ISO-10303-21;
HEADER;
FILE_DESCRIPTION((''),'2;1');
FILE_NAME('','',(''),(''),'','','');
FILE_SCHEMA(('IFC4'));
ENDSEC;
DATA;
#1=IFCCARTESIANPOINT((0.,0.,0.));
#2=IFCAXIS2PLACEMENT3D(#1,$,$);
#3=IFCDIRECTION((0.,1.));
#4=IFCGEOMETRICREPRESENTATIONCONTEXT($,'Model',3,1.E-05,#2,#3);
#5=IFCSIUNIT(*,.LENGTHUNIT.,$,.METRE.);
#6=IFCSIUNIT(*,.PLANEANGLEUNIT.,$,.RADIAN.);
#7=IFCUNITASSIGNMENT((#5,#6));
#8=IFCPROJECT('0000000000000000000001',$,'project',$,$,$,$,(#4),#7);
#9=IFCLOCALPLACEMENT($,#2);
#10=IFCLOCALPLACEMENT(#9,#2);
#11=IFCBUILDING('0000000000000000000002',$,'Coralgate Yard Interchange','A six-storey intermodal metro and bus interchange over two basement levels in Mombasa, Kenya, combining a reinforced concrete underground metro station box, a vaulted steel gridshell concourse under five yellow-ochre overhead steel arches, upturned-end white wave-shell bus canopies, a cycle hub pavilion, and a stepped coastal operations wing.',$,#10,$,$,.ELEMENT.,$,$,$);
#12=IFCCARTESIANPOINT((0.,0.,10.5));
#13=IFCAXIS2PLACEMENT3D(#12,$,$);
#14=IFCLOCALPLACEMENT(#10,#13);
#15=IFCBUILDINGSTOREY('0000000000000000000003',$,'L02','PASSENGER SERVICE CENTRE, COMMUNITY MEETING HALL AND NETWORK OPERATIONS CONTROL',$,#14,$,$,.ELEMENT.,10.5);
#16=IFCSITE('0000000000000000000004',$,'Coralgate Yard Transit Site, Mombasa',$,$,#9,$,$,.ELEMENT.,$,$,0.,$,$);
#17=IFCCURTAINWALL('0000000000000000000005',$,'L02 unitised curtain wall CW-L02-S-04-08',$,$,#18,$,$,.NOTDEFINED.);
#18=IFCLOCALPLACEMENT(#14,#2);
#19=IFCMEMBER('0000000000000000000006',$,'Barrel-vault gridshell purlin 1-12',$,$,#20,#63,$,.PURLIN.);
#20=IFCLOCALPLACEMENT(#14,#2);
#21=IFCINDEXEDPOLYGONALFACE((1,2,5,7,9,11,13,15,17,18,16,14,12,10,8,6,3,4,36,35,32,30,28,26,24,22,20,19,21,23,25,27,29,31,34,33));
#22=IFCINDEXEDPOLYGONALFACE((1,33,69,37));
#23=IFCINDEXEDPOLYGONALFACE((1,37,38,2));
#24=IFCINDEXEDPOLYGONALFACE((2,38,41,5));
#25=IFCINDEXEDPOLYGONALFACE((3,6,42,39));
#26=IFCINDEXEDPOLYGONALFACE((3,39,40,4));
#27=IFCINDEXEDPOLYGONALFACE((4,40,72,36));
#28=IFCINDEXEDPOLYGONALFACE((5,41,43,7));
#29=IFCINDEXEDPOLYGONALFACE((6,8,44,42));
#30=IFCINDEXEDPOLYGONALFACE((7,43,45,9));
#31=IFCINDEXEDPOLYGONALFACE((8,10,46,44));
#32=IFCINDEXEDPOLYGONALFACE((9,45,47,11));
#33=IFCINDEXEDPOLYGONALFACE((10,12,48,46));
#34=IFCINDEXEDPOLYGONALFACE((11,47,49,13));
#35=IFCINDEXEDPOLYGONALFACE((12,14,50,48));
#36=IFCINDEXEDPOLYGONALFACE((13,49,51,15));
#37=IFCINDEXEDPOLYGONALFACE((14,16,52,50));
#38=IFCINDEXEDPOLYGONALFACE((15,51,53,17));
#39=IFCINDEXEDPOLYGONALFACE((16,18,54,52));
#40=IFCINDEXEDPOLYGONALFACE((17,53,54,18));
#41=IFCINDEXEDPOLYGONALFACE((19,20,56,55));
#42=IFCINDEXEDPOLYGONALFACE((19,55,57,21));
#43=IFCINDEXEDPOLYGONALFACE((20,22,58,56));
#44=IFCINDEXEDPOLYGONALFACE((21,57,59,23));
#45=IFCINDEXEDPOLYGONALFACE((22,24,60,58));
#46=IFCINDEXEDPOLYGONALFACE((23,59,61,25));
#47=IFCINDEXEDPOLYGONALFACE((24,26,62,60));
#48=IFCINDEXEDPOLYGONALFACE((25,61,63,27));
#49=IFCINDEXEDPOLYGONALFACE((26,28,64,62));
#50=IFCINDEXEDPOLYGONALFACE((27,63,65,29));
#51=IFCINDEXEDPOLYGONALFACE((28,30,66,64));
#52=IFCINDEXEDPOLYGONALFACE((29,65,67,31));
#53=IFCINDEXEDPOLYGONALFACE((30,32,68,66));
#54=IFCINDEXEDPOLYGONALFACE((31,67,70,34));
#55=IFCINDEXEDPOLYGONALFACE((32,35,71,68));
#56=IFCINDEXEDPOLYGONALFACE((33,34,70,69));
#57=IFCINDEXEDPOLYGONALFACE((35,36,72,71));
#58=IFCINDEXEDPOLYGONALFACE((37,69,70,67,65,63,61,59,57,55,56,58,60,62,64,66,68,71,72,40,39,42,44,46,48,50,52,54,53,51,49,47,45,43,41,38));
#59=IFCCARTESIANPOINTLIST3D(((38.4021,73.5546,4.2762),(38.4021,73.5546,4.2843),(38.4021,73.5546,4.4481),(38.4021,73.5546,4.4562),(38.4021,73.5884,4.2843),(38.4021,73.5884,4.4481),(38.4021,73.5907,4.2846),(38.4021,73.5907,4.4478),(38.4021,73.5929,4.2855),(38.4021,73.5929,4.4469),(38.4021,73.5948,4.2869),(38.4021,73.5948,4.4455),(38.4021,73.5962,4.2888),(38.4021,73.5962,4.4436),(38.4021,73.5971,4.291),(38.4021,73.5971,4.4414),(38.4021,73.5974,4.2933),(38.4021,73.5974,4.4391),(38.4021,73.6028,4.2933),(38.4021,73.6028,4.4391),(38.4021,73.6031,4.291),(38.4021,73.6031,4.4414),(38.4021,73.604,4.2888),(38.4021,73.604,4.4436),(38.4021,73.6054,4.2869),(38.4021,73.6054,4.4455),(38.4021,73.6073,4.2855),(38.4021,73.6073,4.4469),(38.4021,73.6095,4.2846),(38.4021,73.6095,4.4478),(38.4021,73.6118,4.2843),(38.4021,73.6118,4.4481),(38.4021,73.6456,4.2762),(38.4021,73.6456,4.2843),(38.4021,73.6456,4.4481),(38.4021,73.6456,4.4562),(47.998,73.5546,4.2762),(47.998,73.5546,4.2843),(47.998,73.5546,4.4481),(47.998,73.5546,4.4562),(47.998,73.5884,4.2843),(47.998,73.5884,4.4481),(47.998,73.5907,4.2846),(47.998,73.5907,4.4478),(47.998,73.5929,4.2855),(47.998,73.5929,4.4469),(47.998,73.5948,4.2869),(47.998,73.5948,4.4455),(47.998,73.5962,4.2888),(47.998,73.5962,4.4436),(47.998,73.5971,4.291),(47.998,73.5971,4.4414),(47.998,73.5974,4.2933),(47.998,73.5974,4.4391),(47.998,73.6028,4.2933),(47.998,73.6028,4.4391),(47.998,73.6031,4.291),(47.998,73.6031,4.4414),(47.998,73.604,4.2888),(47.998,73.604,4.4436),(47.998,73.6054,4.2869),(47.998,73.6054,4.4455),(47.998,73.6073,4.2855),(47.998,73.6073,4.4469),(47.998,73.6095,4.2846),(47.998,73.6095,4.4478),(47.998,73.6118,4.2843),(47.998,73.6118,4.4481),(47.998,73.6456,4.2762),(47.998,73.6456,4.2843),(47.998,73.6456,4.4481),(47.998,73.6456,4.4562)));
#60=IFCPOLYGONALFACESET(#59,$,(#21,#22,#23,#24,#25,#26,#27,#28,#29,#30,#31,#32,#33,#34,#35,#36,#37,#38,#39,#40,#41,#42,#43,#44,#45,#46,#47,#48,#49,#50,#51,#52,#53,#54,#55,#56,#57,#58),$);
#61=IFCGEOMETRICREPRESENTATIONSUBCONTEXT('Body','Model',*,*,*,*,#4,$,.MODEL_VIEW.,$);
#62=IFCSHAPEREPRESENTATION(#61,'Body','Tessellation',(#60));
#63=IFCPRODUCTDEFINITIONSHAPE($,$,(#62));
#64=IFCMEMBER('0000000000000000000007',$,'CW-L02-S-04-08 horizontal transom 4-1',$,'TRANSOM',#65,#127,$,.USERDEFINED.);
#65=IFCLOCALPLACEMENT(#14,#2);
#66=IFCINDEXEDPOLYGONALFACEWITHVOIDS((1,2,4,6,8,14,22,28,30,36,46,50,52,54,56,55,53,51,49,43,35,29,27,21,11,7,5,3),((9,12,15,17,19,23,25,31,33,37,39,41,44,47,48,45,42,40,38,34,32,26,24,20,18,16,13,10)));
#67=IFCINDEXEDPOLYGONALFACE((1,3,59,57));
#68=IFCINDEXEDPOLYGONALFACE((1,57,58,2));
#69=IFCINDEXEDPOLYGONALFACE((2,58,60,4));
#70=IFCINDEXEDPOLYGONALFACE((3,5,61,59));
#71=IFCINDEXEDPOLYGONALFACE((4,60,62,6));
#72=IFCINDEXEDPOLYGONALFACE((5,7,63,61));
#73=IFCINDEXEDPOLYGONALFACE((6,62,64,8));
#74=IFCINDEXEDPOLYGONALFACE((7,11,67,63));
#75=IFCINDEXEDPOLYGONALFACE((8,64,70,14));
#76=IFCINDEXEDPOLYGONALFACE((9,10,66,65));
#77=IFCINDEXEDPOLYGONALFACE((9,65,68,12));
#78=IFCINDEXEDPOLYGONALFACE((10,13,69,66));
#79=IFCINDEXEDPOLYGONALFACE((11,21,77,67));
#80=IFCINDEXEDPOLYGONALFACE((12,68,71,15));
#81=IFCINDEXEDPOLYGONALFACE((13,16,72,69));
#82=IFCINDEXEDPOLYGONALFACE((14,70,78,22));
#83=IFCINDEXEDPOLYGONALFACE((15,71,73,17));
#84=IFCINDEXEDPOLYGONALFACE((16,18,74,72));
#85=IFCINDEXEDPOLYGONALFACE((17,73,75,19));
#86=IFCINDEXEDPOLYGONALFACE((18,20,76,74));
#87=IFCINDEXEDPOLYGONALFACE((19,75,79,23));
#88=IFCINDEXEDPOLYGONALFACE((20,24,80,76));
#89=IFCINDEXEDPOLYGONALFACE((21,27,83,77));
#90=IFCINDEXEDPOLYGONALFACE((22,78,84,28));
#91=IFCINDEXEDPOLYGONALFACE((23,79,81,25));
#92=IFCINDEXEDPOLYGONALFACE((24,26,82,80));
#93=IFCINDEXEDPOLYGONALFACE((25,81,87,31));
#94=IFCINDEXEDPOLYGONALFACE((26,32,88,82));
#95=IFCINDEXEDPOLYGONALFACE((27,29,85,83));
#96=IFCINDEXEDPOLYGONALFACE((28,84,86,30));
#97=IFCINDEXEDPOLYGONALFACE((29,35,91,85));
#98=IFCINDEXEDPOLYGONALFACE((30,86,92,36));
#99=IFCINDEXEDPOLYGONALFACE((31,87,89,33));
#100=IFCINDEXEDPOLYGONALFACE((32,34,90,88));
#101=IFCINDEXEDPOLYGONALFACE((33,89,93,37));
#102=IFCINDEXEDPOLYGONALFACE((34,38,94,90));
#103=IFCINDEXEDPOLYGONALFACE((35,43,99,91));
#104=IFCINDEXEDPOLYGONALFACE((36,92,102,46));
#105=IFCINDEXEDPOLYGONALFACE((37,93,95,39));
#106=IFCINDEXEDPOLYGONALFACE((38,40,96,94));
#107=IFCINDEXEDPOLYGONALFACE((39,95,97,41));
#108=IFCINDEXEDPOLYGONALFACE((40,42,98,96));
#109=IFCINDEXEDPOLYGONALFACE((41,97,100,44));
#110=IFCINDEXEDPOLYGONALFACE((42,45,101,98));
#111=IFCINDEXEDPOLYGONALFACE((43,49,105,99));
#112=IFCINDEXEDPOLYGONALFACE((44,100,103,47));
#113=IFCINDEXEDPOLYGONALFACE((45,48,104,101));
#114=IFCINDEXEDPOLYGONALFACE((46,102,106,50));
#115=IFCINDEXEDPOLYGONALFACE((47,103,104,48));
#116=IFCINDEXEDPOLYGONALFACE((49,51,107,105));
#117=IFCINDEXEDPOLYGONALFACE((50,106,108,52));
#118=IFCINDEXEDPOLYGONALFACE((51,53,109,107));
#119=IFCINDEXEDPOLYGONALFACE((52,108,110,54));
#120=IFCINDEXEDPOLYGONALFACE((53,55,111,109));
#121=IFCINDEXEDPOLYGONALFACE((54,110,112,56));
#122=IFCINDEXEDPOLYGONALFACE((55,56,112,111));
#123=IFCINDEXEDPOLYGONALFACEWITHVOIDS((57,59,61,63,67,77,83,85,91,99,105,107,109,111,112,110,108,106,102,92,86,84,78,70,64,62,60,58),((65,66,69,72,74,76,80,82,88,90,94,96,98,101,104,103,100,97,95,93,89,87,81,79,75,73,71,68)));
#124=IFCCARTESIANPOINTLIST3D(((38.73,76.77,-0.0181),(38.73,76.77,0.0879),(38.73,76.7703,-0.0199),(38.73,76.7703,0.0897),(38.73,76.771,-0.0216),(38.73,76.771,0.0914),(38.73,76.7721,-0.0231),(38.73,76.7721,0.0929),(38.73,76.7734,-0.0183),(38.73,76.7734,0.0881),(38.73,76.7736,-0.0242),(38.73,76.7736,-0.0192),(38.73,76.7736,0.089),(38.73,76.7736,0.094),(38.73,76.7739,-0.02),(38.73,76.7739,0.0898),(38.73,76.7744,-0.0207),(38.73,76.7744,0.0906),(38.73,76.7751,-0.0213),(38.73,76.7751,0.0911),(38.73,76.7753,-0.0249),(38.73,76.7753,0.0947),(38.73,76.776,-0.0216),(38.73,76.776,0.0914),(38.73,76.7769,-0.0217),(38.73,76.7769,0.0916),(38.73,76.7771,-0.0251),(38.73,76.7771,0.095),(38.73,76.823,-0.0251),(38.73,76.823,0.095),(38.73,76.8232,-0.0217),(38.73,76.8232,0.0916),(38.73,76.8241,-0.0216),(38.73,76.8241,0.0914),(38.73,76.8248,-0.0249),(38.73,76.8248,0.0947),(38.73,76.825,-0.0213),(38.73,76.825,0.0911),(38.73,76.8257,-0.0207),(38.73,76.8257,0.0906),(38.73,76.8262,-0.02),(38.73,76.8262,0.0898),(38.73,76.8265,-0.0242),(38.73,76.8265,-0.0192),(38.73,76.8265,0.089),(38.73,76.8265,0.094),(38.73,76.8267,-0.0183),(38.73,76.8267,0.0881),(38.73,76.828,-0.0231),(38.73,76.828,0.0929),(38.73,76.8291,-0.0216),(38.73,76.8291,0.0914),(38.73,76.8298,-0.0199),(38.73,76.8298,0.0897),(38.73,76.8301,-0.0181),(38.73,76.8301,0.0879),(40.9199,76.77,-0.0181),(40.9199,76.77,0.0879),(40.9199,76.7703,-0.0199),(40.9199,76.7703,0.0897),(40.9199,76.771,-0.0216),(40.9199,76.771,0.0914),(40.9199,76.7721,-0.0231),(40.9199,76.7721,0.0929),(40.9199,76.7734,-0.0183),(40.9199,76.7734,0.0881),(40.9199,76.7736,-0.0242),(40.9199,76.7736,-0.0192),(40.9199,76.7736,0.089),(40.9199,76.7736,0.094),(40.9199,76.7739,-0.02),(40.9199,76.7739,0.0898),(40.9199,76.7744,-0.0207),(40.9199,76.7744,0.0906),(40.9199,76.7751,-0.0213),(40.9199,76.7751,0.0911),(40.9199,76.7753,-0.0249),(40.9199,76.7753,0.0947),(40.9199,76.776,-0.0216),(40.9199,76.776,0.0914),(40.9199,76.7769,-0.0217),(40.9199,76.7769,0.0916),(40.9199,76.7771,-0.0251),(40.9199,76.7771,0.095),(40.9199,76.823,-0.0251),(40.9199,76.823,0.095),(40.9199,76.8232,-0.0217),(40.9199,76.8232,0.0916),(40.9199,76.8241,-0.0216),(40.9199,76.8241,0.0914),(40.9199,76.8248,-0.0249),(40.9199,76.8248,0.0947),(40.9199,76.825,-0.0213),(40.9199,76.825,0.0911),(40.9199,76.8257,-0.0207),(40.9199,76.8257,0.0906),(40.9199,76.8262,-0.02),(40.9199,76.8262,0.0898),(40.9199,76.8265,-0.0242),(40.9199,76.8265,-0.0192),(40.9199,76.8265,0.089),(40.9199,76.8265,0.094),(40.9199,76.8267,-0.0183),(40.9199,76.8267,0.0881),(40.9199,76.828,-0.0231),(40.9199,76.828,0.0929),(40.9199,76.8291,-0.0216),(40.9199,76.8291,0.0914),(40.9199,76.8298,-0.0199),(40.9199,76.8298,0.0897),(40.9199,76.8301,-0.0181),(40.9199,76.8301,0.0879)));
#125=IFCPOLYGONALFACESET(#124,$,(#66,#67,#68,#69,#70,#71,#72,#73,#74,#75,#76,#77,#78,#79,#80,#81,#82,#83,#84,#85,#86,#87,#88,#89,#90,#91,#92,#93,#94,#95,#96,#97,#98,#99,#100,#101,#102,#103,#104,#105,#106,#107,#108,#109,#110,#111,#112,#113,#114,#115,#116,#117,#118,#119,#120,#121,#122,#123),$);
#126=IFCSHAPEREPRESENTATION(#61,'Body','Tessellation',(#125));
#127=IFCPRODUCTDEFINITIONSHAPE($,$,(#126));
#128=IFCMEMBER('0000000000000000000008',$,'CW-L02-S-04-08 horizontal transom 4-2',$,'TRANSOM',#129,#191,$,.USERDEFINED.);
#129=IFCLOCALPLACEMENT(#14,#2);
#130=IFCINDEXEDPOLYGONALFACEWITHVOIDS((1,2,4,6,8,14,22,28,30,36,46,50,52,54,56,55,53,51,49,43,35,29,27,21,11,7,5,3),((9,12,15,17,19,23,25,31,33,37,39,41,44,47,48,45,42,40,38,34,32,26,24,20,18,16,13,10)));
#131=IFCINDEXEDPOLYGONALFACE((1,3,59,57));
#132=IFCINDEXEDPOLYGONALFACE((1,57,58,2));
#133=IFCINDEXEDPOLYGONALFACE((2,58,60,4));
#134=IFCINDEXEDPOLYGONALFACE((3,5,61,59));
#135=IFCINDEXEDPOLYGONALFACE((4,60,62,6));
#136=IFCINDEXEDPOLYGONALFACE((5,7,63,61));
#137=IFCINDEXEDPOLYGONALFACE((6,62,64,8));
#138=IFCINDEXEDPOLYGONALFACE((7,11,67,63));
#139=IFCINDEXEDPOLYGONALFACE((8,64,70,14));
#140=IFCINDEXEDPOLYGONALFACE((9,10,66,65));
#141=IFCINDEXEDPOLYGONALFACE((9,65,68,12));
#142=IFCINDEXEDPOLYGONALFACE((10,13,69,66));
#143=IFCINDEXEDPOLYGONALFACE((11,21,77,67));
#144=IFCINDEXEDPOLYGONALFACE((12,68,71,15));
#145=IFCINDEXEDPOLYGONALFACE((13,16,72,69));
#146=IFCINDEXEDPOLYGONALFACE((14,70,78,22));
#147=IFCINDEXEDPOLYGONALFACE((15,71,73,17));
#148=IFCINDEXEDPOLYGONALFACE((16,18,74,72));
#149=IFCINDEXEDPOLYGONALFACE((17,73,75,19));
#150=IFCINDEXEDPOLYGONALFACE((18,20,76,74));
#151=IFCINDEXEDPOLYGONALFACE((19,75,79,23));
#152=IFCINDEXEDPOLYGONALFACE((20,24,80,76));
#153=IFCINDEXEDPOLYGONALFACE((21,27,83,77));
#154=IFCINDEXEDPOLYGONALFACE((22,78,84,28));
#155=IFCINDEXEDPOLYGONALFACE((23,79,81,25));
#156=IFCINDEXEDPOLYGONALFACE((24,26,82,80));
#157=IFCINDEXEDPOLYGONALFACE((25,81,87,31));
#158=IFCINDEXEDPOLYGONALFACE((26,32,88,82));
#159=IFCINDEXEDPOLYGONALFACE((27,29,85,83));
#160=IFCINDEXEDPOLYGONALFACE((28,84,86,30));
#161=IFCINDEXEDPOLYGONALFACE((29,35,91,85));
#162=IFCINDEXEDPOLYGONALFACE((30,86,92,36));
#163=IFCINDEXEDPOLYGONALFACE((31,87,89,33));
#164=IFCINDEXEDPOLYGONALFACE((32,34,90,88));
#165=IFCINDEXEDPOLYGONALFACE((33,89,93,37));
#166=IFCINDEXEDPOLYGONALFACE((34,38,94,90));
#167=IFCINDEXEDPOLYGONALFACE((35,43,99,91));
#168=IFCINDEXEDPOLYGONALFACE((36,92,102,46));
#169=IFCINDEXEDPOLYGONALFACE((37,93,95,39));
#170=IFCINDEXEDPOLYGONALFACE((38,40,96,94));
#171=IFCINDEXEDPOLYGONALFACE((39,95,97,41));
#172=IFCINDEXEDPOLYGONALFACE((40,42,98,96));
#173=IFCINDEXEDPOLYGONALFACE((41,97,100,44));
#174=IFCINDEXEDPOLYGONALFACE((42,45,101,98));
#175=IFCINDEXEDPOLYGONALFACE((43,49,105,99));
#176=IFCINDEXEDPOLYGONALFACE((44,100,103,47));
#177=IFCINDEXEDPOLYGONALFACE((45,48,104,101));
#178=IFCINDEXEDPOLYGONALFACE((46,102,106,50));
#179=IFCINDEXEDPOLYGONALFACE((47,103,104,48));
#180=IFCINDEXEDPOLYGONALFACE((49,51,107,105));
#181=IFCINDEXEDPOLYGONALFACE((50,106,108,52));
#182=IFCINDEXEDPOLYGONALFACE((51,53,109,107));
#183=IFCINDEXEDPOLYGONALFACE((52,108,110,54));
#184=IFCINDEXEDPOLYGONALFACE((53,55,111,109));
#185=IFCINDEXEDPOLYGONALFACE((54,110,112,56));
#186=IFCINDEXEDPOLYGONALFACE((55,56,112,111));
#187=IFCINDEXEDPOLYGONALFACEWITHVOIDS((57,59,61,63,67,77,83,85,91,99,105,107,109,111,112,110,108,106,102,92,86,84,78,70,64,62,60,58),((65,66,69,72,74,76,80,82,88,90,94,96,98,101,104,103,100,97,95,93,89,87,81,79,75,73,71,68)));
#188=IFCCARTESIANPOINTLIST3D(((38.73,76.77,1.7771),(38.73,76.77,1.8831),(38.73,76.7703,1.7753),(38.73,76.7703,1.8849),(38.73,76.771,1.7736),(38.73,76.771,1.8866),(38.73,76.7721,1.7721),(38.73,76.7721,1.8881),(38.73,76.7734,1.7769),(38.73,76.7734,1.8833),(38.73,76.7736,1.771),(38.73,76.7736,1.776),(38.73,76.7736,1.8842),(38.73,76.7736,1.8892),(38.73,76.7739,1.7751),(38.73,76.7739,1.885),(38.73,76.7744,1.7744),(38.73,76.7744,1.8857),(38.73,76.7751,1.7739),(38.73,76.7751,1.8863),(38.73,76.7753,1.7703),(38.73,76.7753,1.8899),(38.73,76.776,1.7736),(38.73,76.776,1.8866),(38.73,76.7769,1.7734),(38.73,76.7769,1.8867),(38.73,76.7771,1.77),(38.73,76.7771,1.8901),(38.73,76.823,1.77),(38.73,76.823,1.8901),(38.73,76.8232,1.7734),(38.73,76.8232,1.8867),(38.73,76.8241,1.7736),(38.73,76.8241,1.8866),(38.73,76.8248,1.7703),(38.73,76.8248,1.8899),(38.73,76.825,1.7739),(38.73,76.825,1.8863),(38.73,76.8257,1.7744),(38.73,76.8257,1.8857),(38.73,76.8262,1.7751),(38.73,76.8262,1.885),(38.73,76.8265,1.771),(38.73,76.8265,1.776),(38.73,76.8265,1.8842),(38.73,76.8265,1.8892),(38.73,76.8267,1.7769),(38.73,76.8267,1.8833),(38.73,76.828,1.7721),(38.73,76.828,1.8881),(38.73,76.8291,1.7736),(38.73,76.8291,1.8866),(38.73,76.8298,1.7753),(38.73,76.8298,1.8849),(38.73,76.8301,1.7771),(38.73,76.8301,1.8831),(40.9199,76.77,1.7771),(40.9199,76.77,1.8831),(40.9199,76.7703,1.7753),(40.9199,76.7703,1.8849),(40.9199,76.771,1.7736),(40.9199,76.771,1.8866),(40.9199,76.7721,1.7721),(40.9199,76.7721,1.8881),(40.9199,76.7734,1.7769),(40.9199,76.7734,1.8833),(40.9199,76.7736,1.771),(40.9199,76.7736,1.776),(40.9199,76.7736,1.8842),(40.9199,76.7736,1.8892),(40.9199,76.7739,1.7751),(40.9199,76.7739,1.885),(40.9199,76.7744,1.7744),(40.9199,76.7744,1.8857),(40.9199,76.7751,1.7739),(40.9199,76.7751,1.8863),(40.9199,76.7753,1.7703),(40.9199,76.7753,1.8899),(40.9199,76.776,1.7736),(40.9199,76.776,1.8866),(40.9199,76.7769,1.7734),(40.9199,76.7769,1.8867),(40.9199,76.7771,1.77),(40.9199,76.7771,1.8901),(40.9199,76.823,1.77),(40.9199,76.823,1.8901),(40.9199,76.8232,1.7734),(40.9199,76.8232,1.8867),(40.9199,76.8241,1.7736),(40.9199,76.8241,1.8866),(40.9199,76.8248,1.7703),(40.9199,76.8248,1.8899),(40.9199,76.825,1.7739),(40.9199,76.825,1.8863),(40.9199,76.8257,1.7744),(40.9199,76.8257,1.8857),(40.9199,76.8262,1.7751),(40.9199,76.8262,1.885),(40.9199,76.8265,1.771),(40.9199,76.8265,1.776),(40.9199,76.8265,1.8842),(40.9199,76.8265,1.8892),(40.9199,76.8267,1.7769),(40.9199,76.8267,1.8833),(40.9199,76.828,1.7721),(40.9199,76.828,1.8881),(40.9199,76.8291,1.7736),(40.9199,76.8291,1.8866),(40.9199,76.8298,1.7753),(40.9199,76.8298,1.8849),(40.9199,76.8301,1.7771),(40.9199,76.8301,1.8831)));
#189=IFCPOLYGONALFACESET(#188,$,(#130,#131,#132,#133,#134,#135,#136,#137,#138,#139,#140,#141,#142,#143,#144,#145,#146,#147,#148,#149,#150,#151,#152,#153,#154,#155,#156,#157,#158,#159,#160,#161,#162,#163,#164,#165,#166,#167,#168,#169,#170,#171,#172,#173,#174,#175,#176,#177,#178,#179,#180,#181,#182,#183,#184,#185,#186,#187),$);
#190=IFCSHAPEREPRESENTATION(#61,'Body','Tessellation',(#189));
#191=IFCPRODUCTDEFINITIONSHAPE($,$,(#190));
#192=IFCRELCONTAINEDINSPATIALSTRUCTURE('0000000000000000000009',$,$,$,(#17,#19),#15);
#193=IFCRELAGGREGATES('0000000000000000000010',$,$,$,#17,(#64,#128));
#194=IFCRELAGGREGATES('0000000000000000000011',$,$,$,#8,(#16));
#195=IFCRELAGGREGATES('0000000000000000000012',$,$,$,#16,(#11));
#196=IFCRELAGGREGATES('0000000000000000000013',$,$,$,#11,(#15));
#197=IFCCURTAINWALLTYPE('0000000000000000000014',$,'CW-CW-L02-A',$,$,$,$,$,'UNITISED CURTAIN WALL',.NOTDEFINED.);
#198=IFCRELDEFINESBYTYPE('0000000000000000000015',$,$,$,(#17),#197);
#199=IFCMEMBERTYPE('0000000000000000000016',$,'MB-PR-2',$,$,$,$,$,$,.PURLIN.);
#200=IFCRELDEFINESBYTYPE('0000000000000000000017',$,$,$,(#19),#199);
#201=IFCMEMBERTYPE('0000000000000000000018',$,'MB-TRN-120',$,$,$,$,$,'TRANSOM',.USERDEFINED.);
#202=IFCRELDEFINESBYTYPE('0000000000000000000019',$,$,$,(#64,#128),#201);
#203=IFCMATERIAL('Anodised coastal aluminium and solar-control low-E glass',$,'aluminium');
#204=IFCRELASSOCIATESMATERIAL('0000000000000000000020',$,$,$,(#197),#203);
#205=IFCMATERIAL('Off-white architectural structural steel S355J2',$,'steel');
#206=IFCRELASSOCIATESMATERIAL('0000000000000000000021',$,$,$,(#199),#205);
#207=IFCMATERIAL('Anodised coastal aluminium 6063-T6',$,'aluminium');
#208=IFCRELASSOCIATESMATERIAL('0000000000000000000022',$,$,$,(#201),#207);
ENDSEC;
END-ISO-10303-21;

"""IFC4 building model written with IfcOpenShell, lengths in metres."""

from ifc_helpers import new_model, si_unit, direction, frame, origin, origin_2d, place, context, subcontext, project, spatial, hollow_rectangle, i_section, extrude, material, material_profile, profile_set, type_object, element, aggregate, save


model = new_model("IFC4")

# Units and contexts
model_context = context("Model", 3, precision=1e-05, world=origin(), true_north=direction((0.0, 1.0)))
body_context = subcontext(model_context, "Body", "Model", "MODEL_VIEW")
ifc_project = project(units=[si_unit("LENGTHUNIT", "METRE"), si_unit("PLANEANGLEUNIT", "RADIAN")], contexts=[model_context])

# Site, building, storey
site_placement = place(None, origin())
site = spatial("IfcSite", under=ifc_project, at=site_placement, Name="Coralgate Yard Transit Site, Mombasa", CompositionType="ELEMENT", RefElevation=0.0)
building_placement = place(site_placement, origin())
building = spatial("IfcBuilding", under=site, at=building_placement, Name="Coralgate Yard Interchange", Description="A six-storey intermodal metro and bus interchange over two basement levels in Mombasa, Kenya, combining a reinforced concrete underground metro station box, a vaulted steel gridshell concourse under five yellow-ochre overhead steel arches, upturned-end white wave-shell bus canopies, a cycle hub pavilion, and a stepped coastal operations wing.", CompositionType="ELEMENT")
storey_placement = place(building_placement, frame((0.0, 0.0, 10.5)))
storey = spatial("IfcBuildingStorey", under=building, at=storey_placement, Name="L02", Description="PASSENGER SERVICE CENTRE, COMMUNITY MEETING HALL AND NETWORK OPERATIONS CONTROL", CompositionType="ELEMENT", Elevation=10.5)

# Curtain wall
ifc_material_1 = material(Name="Anodised coastal aluminium and solar-control low-E glass", Category="aluminium")
curtain_wall_type_1 = type_object("IfcCurtainWallType", Name="CW-CW-L02-A", ElementType="UNITISED CURTAIN WALL", PredefinedType="NOTDEFINED", material=ifc_material_1)
curtain_wall_1_placement = place(storey_placement, origin())
curtain_wall_1 = element("IfcCurtainWall", 1, at=curtain_wall_1_placement, inside=storey, type_object=curtain_wall_type_1, Name="L02 unitised curtain wall CW-L02-S-04-08", PredefinedType="NOTDEFINED")
ifc_material_2 = material(Name="Anodised coastal aluminium 6063-T6", Category="aluminium")

# Member
ifc_material_3 = material(Name="Off-white architectural structural steel S355J2", Category="steel")
ifc_material_profile_1 = material_profile(ifc_material_3, i_section(OverallWidth=0.0911, OverallDepth=0.1799, WebThickness=0.0054, FlangeThickness=0.0081, FilletRadius=0.009, at=origin_2d()), Name="IPE 180")
ifc_profile_set_1 = profile_set([ifc_material_profile_1], Name="Off-white architectural structural steel S355J2")
member_type_1 = type_object("IfcMemberType", Name="MB-PR-2", PredefinedType="PURLIN", material=ifc_profile_set_1)
member_1_placement = place(storey_placement, frame((38.4021, 73.6001, 4.3662), z_axis=(1.0, 0.0, 0.0), x_axis=(0.0, 1.0, 0.0)))
element("IfcMember", 2, at=member_1_placement, inside=storey, type_object=member_type_1, Name="Barrel-vault gridshell purlin 1-12", PredefinedType="PURLIN", context=body_context, shape_type="SweptSolid", body=[
    extrude(i_section(OverallWidth=0.0911, OverallDepth=0.1799, WebThickness=0.0054, FlangeThickness=0.0081, FilletRadius=0.009, at=origin_2d()), origin(), (0.0, 0.0, 1.0), 9.5959),
])

# Members
ifc_material_profile_2 = material_profile(ifc_material_2, hollow_rectangle(XDim=0.0601, YDim=0.1201, WallThickness=0.0034, InnerFilletRadius=0.0034, OuterFilletRadius=0.0071, at=origin_2d()), Name="ALU 60x120x3.5")
ifc_profile_set_2 = profile_set([ifc_material_profile_2], Name="Anodised coastal aluminium 6063-T6")
member_type_2 = type_object("IfcMemberType", Name="MB-TRN-120", ElementType="TRANSOM", PredefinedType="USERDEFINED", material=ifc_profile_set_2)
member_2_placement = place(storey_placement, frame((40.9199, 76.8, 0.0349), z_axis=(-1.0, 0.0, 0.0), x_axis=(0.0, -1.0, 0.0)))
member_2 = element("IfcMember", 3, at=member_2_placement, type_object=member_type_2, Name="CW-L02-S-04-08 horizontal transom 4-1", ObjectType="TRANSOM", PredefinedType="USERDEFINED", context=body_context, shape_type="SweptSolid", body=[
    extrude(hollow_rectangle(XDim=0.0601, YDim=0.1201, WallThickness=0.0034, InnerFilletRadius=0.0034, OuterFilletRadius=0.0071, at=origin_2d()), origin(), (0.0, 0.0, 1.0), 2.1899),
])
member_3_placement = place(storey_placement, frame((40.9199, 76.8, 1.8301), z_axis=(-1.0, 0.0, 0.0), x_axis=(0.0, -1.0, 0.0)))
member_3 = element("IfcMember", 4, at=member_3_placement, type_object=member_type_2, Name="CW-L02-S-04-08 horizontal transom 4-2", ObjectType="TRANSOM", PredefinedType="USERDEFINED", context=body_context, shape_type="SweptSolid", body=[
    extrude(hollow_rectangle(XDim=0.0601, YDim=0.1201, WallThickness=0.0034, InnerFilletRadius=0.0034, OuterFilletRadius=0.0071, at=origin_2d()), origin(), (0.0, 0.0, 1.0), 2.1899),
])

aggregate(curtain_wall_1, [member_2, member_3])

save(model, "model.ifc")
